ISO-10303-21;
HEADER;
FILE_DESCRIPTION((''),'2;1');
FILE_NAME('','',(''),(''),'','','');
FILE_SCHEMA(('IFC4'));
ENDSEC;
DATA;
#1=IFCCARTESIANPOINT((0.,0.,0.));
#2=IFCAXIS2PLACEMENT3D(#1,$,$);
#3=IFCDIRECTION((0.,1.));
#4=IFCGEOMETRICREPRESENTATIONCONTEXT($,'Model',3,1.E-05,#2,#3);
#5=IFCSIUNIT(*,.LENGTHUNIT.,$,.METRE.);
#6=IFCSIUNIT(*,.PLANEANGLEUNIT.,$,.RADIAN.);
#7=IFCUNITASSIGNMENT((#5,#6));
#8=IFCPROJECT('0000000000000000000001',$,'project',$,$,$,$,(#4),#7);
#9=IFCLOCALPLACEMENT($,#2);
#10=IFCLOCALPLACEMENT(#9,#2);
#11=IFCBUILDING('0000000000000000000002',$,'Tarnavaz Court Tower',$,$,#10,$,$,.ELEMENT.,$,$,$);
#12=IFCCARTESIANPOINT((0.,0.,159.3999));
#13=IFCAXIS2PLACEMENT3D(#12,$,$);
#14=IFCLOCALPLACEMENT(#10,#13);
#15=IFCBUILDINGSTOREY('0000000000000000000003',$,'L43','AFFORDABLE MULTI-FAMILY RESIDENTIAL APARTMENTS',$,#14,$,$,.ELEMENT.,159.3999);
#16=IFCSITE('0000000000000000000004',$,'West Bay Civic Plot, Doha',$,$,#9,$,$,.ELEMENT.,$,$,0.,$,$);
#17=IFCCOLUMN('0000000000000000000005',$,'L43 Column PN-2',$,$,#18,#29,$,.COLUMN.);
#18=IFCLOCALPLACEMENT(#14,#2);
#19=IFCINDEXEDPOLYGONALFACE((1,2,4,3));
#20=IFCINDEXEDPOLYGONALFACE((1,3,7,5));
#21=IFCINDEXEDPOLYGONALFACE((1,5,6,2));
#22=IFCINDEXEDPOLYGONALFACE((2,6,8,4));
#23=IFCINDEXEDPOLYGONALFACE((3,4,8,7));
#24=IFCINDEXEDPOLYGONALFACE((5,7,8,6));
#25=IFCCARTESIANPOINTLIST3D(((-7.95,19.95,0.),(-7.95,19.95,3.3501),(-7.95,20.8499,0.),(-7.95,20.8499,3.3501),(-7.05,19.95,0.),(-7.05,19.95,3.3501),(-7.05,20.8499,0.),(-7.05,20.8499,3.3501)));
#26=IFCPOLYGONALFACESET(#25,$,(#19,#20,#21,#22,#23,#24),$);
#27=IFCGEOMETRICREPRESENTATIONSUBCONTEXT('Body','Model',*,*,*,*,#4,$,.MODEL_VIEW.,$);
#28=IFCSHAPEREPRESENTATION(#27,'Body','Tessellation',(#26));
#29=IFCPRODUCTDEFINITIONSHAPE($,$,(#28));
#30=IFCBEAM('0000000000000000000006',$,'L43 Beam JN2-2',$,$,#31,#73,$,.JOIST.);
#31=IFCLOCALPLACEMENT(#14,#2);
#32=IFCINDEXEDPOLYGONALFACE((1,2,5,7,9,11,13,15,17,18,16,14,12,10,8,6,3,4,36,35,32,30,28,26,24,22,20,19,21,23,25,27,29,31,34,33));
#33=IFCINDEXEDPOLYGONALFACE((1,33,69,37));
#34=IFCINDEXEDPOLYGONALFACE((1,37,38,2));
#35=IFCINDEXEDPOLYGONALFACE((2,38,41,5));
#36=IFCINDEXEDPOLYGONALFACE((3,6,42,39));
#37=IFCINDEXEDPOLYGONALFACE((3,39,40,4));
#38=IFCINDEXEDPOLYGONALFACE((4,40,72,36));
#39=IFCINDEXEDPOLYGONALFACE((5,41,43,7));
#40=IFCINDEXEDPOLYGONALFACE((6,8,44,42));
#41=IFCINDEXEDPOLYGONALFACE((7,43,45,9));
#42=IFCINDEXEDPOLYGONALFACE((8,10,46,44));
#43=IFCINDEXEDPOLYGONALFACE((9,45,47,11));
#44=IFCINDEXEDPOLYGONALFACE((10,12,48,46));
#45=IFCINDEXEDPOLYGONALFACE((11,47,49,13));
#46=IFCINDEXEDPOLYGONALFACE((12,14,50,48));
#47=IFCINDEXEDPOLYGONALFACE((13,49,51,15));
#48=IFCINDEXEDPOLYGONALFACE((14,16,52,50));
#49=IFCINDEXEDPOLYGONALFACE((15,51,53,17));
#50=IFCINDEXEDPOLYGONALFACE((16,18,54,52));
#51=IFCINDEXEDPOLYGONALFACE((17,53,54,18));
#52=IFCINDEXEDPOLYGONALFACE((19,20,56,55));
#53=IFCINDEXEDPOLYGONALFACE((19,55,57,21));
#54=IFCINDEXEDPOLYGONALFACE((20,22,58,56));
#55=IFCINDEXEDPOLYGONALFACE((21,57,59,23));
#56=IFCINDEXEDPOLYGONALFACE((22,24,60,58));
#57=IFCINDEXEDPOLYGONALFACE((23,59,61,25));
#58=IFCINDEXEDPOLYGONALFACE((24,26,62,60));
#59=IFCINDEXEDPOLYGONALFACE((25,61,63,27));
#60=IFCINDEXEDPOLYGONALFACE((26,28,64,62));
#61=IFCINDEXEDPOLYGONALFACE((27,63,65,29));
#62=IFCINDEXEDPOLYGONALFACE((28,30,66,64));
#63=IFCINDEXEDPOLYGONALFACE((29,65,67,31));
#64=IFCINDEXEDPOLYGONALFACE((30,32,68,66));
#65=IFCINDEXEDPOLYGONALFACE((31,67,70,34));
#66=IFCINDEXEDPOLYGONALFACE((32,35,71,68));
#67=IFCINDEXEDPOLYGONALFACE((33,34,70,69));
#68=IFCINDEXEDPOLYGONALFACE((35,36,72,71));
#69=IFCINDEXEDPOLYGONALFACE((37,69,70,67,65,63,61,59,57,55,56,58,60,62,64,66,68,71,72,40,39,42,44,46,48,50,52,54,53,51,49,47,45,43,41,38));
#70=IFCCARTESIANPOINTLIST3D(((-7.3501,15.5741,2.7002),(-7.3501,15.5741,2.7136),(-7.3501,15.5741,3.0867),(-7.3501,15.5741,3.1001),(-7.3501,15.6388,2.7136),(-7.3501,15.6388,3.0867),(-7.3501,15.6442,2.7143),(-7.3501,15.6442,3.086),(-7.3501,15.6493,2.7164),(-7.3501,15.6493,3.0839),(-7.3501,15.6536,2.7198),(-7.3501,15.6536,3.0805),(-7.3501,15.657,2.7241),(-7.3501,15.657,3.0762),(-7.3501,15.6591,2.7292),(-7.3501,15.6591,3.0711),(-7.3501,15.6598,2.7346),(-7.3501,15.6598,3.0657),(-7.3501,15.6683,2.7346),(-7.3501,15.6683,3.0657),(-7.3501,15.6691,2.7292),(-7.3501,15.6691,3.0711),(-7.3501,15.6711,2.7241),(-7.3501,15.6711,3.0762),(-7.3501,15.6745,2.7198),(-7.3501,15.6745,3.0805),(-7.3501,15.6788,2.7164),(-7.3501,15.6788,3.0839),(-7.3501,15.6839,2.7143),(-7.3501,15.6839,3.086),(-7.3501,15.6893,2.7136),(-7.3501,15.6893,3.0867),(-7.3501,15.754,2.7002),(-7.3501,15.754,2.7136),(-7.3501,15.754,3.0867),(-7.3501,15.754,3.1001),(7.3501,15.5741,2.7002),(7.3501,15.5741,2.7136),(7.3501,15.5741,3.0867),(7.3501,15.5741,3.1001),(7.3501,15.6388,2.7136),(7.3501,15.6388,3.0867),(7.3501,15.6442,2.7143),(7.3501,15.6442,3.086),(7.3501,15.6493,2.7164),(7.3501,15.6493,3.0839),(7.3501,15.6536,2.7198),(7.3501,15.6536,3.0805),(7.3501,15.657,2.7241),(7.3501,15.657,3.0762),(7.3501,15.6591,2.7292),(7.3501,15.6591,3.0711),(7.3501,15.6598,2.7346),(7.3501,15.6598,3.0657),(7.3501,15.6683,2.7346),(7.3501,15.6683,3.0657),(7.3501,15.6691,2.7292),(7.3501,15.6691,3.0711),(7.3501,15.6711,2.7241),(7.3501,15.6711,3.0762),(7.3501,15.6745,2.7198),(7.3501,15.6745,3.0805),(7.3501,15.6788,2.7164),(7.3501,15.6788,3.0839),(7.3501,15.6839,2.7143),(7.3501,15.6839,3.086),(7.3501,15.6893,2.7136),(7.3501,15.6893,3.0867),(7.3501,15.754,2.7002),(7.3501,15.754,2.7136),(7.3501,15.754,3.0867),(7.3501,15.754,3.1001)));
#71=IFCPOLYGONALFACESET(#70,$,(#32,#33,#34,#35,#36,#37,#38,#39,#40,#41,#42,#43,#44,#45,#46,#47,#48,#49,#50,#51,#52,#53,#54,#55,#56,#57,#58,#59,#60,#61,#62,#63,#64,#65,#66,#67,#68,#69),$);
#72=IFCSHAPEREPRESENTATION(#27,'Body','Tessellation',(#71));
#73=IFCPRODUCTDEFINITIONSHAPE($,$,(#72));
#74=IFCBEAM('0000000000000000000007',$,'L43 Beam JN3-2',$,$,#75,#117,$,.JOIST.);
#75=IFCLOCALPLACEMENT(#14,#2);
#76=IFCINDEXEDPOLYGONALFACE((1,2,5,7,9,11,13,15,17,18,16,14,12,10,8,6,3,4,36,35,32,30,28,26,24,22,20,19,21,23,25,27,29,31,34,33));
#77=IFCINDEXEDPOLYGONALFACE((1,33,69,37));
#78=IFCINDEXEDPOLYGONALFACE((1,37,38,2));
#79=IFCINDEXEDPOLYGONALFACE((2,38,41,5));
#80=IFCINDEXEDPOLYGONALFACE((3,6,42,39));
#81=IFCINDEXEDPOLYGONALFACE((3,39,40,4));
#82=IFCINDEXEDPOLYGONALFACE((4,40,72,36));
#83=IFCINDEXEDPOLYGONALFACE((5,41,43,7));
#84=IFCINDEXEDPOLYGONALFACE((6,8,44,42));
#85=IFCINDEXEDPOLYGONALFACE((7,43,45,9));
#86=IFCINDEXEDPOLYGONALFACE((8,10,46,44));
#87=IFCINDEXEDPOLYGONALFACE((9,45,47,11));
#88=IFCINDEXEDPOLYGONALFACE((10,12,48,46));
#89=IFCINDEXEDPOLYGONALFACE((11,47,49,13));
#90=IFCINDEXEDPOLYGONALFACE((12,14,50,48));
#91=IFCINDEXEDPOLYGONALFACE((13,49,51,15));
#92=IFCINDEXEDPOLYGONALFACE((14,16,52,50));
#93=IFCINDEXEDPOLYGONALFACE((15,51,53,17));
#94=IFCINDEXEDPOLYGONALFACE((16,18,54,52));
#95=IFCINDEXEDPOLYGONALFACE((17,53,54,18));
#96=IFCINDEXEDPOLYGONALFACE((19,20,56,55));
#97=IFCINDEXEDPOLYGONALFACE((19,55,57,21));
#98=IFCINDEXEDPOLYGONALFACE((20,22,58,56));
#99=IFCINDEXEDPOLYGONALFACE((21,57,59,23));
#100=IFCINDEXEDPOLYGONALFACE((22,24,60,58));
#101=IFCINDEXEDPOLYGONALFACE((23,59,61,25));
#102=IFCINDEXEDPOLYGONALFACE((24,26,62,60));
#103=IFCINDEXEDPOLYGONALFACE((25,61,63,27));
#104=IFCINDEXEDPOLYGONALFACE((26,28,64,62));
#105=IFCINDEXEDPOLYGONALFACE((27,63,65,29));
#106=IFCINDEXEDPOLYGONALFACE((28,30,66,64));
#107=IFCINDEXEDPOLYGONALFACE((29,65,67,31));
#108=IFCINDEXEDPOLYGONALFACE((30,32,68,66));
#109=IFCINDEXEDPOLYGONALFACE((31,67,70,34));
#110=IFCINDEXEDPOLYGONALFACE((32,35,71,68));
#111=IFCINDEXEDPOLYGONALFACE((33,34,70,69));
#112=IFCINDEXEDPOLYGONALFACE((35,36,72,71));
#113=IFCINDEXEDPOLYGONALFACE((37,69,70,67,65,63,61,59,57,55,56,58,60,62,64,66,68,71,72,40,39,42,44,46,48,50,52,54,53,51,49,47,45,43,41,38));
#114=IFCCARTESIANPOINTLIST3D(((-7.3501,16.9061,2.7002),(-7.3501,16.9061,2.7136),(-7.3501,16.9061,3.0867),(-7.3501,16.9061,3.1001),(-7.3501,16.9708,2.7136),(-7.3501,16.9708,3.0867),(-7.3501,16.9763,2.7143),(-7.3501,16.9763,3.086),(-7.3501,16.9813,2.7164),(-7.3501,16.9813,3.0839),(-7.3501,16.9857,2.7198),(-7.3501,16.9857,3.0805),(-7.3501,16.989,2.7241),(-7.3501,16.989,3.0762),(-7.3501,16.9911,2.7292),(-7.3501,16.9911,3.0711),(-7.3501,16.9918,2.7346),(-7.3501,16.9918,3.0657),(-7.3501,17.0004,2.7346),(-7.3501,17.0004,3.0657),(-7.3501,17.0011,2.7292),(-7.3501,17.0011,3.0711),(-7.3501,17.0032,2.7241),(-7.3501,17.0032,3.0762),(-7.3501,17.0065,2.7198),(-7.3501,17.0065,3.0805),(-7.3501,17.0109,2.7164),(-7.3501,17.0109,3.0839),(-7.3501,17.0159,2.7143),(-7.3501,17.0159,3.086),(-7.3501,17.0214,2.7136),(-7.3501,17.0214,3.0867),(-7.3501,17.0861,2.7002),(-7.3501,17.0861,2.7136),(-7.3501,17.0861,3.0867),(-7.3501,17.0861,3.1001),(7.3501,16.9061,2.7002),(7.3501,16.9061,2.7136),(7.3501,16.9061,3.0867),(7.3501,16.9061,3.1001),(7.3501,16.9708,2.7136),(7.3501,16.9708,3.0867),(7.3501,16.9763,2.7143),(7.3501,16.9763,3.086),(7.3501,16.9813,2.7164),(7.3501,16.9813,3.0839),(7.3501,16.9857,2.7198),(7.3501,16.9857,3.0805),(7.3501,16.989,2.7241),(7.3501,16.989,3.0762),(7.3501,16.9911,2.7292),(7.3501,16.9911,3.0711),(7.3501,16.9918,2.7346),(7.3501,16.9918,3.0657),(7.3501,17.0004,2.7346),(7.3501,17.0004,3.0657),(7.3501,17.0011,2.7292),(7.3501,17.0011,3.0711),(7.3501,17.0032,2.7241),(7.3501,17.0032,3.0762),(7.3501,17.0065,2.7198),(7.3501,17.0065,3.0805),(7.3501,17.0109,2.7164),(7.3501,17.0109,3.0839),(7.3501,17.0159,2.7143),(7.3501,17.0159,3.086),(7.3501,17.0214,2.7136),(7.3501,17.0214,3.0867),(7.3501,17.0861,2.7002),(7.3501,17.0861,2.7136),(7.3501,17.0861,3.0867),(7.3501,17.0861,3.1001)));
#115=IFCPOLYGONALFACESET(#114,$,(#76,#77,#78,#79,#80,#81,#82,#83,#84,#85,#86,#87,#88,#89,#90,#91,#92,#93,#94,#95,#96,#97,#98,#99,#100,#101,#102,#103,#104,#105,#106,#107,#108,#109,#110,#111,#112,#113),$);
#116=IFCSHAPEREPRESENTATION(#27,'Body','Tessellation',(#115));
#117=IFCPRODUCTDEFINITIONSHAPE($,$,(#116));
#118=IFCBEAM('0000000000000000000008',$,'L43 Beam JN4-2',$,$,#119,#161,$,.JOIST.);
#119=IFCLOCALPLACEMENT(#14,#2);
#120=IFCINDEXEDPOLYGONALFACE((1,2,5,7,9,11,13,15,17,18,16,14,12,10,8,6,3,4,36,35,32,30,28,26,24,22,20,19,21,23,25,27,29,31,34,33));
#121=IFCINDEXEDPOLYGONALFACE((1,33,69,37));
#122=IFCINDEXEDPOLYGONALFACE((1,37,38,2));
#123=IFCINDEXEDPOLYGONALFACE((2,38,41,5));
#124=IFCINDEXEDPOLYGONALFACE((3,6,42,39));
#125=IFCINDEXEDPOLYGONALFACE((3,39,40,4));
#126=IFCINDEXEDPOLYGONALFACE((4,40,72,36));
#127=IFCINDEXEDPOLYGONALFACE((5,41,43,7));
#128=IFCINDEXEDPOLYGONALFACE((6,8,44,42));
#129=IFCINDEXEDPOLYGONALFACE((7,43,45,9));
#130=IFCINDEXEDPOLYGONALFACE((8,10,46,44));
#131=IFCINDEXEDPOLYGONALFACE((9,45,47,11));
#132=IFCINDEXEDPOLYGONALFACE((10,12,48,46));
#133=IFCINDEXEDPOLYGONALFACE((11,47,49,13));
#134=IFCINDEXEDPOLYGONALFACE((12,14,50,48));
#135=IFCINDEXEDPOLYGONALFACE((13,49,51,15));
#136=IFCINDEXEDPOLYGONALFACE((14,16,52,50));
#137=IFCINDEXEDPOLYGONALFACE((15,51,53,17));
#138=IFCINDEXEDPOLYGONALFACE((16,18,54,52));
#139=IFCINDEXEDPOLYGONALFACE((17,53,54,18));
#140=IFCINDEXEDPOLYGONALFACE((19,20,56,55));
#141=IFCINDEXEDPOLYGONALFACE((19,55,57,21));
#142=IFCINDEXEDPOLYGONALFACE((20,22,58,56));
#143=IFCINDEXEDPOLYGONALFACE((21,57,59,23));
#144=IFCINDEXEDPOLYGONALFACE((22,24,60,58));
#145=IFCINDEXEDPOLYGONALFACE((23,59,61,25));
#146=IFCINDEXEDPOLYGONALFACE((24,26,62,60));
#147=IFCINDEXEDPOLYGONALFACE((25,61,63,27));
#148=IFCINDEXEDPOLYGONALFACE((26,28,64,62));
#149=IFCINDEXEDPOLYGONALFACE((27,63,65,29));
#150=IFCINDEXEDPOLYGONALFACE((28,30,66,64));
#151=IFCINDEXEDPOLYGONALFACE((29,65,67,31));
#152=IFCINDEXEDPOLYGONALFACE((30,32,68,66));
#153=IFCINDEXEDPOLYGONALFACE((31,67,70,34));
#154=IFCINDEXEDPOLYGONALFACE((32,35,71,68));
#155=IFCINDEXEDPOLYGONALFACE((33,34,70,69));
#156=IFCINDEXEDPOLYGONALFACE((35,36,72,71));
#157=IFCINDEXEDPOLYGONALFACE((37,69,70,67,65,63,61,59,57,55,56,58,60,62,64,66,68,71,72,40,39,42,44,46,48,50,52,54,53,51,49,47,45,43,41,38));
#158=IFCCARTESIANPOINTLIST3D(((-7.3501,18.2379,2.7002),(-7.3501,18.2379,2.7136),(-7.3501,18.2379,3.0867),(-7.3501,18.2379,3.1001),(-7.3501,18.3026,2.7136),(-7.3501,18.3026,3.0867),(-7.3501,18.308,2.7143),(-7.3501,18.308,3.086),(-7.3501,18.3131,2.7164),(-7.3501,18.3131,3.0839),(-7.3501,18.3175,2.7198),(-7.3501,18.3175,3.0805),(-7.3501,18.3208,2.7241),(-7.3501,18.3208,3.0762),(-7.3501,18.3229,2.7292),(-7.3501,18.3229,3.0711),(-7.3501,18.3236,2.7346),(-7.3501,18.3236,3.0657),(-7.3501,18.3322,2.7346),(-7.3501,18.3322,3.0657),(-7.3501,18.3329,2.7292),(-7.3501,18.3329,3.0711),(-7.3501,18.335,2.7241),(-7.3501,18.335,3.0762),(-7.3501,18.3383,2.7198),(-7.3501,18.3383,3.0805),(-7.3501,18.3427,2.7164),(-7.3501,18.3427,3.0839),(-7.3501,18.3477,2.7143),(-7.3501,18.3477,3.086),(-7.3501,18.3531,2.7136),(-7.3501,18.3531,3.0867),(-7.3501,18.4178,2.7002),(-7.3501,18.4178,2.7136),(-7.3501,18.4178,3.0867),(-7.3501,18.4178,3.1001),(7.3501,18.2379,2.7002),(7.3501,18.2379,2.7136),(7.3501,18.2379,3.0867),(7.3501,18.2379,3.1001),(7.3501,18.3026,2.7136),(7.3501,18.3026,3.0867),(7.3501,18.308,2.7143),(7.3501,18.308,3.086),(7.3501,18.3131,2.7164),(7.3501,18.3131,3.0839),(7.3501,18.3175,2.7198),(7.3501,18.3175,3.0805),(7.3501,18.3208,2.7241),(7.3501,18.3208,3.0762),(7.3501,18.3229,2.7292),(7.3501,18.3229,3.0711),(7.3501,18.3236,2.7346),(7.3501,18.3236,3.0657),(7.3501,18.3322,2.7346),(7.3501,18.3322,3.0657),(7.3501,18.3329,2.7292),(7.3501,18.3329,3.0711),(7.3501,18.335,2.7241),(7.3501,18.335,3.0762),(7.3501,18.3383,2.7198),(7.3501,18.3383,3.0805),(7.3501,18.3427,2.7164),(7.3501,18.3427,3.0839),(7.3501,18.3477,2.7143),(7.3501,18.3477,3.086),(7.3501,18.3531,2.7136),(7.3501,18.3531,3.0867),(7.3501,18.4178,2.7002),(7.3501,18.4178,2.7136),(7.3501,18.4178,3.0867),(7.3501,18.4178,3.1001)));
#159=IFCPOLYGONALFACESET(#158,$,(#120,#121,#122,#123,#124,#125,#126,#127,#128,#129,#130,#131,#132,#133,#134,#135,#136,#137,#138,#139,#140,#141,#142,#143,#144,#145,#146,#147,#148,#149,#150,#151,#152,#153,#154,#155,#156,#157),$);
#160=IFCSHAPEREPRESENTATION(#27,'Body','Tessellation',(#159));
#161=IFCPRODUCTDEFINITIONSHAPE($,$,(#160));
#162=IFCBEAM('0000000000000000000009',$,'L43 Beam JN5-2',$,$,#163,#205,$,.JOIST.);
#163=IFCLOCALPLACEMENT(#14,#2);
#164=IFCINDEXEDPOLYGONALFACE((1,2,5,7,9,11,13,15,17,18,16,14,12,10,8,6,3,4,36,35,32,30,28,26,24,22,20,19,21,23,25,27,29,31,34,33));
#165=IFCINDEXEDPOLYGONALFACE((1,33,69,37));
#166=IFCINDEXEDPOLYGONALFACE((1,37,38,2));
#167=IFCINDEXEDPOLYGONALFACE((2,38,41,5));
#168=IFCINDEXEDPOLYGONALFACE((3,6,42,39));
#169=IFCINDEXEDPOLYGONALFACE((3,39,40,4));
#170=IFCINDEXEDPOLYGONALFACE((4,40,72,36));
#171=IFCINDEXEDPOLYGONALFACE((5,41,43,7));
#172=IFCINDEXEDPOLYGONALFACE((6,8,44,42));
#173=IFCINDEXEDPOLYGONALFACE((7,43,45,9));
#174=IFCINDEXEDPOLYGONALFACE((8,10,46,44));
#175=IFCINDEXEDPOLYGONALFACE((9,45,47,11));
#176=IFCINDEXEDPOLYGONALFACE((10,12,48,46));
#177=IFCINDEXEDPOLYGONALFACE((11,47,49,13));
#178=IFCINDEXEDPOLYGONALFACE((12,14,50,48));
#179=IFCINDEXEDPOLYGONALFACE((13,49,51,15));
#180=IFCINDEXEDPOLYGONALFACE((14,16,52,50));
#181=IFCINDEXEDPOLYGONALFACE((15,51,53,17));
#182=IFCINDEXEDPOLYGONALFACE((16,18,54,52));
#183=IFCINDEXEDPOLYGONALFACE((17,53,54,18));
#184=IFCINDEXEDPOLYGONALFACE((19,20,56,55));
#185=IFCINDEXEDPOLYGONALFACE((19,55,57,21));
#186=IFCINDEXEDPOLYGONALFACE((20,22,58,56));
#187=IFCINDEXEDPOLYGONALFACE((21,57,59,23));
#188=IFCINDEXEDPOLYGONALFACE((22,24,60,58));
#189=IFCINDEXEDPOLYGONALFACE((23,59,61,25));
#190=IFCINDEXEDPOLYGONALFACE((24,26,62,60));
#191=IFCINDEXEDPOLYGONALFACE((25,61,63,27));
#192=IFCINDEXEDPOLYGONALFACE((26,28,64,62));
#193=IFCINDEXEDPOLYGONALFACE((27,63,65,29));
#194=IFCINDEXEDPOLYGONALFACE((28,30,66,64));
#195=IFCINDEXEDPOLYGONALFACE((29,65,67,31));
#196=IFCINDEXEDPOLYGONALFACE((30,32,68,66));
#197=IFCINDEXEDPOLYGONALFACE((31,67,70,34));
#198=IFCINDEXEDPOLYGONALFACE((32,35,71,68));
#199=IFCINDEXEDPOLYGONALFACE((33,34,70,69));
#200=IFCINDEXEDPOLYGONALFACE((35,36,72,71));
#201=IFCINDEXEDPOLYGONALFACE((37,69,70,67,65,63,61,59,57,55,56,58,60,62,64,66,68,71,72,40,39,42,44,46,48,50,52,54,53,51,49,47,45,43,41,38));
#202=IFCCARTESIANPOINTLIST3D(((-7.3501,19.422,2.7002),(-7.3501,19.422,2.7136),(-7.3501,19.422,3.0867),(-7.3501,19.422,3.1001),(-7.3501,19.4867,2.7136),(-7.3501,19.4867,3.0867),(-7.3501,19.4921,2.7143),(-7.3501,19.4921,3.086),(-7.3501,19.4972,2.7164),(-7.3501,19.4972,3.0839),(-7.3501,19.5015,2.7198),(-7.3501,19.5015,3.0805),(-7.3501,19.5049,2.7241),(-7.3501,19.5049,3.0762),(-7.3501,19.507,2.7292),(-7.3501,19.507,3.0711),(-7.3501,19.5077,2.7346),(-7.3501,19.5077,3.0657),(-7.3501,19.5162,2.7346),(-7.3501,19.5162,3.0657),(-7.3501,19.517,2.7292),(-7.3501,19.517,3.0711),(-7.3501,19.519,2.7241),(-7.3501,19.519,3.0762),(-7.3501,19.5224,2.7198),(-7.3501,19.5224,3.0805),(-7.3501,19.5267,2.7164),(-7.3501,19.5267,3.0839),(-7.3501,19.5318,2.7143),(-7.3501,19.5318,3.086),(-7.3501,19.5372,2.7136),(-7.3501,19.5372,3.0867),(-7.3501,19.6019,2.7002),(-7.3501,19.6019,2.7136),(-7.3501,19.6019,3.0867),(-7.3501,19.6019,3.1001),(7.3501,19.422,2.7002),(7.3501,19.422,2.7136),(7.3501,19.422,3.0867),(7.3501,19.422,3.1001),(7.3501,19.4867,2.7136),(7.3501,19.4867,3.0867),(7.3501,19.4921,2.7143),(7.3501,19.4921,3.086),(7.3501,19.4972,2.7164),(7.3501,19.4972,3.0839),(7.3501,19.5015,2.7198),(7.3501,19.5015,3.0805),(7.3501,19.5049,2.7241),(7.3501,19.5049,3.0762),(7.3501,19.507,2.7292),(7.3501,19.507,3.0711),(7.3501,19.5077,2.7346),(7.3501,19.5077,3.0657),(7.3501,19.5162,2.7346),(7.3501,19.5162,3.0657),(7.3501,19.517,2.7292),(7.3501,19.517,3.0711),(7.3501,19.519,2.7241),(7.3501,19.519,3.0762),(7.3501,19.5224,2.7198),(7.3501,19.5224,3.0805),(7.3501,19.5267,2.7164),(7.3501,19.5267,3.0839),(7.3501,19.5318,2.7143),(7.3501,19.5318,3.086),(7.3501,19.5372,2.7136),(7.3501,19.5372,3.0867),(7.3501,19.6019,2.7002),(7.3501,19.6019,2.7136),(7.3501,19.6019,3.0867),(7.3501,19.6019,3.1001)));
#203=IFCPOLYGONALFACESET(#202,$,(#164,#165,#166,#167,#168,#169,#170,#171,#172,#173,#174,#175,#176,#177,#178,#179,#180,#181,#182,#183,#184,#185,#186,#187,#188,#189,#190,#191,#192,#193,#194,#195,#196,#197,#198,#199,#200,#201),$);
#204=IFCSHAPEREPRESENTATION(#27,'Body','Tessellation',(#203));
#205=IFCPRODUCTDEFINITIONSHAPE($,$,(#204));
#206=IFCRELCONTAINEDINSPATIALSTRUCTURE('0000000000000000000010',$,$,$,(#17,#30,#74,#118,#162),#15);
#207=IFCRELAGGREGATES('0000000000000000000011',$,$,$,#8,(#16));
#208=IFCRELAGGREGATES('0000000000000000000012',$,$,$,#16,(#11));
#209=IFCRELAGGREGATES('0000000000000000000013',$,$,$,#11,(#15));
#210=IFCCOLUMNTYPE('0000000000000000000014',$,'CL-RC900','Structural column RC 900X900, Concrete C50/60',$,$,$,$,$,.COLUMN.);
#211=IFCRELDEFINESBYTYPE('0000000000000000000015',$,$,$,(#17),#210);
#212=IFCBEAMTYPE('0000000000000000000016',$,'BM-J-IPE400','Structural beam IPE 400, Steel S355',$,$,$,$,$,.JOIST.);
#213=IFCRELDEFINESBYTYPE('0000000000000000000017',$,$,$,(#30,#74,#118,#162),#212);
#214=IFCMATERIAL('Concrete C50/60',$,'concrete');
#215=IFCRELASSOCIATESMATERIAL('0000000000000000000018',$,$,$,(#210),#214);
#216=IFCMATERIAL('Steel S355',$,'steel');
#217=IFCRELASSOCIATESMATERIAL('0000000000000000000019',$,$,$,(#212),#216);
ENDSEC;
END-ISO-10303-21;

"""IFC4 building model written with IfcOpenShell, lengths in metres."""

from ifc_helpers import new_model, si_unit, direction, frame, origin, origin_2d, place, context, subcontext, project, spatial, rectangle, i_section, extrude, material, material_profile, profile_set, type_object, element, save


model = new_model("IFC4")

# Units and contexts
model_context = context("Model", 3, precision=1e-05, world=origin(), true_north=direction((0.0, 1.0)))
body_context = subcontext(model_context, "Body", "Model", "MODEL_VIEW")
ifc_project = project(units=[si_unit("LENGTHUNIT", "METRE"), si_unit("PLANEANGLEUNIT", "RADIAN")], contexts=[model_context])

# Site, building, storey
site_placement = place(None, origin())
site = spatial("IfcSite", under=ifc_project, at=site_placement, Name="West Bay Civic Plot, Doha", CompositionType="ELEMENT", RefElevation=0.0)
building_placement = place(site_placement, origin())
building = spatial("IfcBuilding", under=site, at=building_placement, Name="Tarnavaz Court Tower", CompositionType="ELEMENT")
storey_placement = place(building_placement, frame((0.0, 0.0, 159.3999)))
storey = spatial("IfcBuildingStorey", under=building, at=storey_placement, Name="L43", Description="AFFORDABLE MULTI-FAMILY RESIDENTIAL APARTMENTS", CompositionType="ELEMENT", Elevation=159.3999)

# Column
ifc_material_1 = material(Name="Concrete C50/60", Category="concrete")
ifc_material_profile_1 = material_profile(ifc_material_1, rectangle(XDim=0.8999, YDim=0.8999, at=origin_2d()), Name="RC 900X900")
ifc_profile_set_1 = profile_set([ifc_material_profile_1], Name="Concrete C50/60")
column_type = type_object("IfcColumnType", Name="CL-RC900", Description="Structural column RC 900X900, Concrete C50/60", PredefinedType="COLUMN", material=ifc_profile_set_1)
column_placement = place(storey_placement, frame((-7.5, 20.3999, 0.0), z_axis=(0.0, 0.0, 1.0), x_axis=(1.0, 0.0, 0.0)))
element("IfcColumn", 1, at=column_placement, inside=storey, type_object=column_type, Name="L43 Column PN-2", PredefinedType="COLUMN", context=body_context, shape_type="SweptSolid", body=[
    extrude(rectangle(XDim=0.8999, YDim=0.8999, at=origin_2d()), origin(), (0.0, 0.0, 1.0), 3.3501),
])

# Beams
ifc_material_2 = material(Name="Steel S355", Category="steel")
ifc_material_profile_2 = material_profile(ifc_material_2, i_section(OverallWidth=0.1799, OverallDepth=0.3999, WebThickness=0.0085, FlangeThickness=0.0134, FilletRadius=0.021, at=origin_2d()), Name="IPE 400")
ifc_profile_set_2 = profile_set([ifc_material_profile_2], Name="Steel S355")
beam_type_1 = type_object("IfcBeamType", Name="BM-J-IPE400", Description="Structural beam IPE 400, Steel S355", PredefinedType="JOIST", material=ifc_profile_set_2)
for number, where, z_axis, x_axis, name in (
    (2, (-7.3501, 15.6641, 2.9001), (1.0, 0.0, 0.0), (0.0, 1.0, 0.0), "L43 Beam JN2-2"),
    (3, (-7.3501, 16.9961, 2.9001), (1.0, 0.0, 0.0), (0.0, 1.0, 0.0), "L43 Beam JN3-2"),
    (4, (-7.3501, 18.3279, 2.9001), (1.0, 0.0, 0.0), (0.0, 1.0, 0.0), "L43 Beam JN4-2"),
    (5, (-7.3501, 19.512, 2.9001), (1.0, 0.0, 0.0), (0.0, 1.0, 0.0), "L43 Beam JN5-2"),
):
    element("IfcBeam", number, at=place(storey_placement, frame(where, z_axis=z_axis, x_axis=x_axis)), inside=storey, type_object=beam_type_1, Name=name, PredefinedType="JOIST", context=body_context, shape_type="SweptSolid", body=[
        extrude(i_section(OverallWidth=0.1799, OverallDepth=0.3999, WebThickness=0.0085, FlangeThickness=0.0134, FilletRadius=0.021, at=origin_2d()), origin(), (0.0, 0.0, 1.0), 14.7002),
    ])

save(model, "model.ifc")
